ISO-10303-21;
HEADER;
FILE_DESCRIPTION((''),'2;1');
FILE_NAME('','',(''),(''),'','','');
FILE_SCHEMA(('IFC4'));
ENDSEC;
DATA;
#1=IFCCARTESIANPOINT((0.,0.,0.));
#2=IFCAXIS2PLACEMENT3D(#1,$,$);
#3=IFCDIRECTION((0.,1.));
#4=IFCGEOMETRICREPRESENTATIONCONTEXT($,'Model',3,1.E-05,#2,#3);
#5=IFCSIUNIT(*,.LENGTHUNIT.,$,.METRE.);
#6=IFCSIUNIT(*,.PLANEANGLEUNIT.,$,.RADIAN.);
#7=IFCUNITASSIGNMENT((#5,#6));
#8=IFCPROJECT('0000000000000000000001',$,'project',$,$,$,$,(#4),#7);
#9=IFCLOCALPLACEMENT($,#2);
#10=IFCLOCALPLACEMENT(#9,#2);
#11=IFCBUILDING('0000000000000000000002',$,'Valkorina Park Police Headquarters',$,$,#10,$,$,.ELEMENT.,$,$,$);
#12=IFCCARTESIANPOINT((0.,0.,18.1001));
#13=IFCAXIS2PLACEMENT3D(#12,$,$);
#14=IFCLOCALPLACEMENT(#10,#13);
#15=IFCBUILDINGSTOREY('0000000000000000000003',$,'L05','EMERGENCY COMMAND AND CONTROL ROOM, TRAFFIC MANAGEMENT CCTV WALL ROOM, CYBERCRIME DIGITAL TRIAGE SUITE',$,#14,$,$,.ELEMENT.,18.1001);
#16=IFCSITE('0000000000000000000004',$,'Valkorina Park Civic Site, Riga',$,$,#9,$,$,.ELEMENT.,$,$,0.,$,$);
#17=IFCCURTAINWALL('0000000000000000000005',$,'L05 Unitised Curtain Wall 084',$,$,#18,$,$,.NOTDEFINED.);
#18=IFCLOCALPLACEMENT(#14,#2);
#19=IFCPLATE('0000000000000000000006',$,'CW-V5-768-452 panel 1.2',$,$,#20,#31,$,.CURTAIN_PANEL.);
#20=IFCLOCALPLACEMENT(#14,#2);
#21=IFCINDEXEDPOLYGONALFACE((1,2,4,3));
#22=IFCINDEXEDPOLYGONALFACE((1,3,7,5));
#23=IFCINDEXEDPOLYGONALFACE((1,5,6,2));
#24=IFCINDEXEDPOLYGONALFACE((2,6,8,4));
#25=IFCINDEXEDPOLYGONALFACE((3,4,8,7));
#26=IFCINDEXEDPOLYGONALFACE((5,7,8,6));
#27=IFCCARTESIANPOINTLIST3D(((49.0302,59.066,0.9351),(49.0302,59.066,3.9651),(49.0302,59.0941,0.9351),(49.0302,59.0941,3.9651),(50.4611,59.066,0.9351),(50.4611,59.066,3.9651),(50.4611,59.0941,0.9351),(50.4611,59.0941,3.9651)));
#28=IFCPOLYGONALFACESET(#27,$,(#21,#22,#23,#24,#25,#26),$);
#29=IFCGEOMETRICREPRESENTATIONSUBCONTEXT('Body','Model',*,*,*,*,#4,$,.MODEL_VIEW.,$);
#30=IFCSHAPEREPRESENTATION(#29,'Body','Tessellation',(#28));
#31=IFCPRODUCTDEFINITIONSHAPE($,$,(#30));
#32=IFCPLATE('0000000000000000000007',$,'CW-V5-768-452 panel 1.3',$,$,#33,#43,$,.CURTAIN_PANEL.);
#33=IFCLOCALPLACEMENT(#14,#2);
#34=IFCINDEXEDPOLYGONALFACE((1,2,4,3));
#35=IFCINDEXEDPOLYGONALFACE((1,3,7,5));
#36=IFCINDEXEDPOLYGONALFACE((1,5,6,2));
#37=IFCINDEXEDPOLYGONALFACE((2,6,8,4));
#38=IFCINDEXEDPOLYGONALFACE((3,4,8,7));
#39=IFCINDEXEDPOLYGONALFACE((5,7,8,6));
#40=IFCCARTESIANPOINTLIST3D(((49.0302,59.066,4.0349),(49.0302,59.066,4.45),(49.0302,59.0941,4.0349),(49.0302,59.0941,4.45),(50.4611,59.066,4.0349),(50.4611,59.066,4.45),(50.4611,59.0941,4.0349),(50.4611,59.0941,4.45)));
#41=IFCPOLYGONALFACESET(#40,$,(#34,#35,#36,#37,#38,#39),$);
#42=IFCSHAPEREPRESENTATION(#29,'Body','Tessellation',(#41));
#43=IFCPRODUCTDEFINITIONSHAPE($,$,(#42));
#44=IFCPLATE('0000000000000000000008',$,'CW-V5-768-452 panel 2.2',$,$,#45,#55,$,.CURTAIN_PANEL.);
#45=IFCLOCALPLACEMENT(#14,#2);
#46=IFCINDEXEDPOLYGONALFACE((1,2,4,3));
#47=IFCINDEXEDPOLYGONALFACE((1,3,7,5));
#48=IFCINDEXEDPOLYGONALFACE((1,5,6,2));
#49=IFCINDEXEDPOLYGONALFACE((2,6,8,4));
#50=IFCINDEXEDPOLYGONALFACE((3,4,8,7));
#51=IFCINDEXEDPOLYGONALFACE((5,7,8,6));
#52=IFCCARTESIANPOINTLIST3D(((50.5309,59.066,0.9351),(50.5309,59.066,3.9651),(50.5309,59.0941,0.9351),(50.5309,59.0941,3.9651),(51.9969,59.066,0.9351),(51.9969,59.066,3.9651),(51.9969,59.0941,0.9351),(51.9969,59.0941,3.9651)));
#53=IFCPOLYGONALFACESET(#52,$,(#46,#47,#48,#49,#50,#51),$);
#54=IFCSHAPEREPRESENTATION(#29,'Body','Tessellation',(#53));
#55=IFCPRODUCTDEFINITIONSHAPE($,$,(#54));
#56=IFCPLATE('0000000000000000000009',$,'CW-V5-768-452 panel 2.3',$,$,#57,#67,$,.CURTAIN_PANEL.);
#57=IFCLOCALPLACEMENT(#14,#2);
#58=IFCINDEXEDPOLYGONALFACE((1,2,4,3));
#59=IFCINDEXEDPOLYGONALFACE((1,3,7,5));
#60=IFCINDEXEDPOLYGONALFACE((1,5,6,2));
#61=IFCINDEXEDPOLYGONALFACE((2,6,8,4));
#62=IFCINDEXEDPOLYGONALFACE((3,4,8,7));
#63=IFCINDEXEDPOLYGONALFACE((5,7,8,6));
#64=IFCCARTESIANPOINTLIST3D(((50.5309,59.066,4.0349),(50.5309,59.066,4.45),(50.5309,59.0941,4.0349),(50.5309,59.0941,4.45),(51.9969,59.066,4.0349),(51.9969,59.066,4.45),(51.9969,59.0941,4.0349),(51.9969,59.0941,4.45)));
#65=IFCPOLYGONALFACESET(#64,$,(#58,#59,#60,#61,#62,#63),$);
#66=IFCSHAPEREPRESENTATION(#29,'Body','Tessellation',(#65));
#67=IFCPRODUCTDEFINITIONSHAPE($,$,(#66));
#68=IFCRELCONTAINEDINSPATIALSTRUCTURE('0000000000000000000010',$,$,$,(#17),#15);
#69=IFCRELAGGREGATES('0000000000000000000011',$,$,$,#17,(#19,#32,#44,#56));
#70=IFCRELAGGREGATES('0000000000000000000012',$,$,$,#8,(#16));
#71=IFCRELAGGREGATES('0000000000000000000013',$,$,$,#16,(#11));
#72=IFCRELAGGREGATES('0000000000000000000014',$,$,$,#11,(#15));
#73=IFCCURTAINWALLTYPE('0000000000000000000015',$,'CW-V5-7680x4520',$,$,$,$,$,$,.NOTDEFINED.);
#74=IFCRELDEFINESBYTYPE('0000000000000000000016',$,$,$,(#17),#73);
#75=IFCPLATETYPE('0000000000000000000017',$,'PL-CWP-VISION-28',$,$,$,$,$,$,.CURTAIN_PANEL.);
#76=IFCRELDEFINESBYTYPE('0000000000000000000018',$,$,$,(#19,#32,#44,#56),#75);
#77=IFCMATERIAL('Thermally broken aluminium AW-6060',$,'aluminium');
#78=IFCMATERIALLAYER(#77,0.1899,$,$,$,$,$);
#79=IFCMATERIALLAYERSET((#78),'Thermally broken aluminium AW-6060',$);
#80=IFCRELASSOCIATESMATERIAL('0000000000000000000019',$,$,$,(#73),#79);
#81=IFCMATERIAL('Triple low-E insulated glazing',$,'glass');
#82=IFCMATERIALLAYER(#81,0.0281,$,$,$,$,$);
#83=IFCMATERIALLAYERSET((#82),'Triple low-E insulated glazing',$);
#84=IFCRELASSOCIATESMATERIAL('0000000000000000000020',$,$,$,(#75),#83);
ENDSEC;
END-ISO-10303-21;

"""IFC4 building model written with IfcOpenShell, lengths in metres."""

from ifc_helpers import new_model, si_unit, direction, frame, origin, origin_2d, place, context, subcontext, project, spatial, rectangle, extrude, material, layer, layer_set, type_object, element, aggregate, save


model = new_model("IFC4")

# Units and contexts
model_context = context("Model", 3, precision=1e-05, world=origin(), true_north=direction((0.0, 1.0)))
body_context = subcontext(model_context, "Body", "Model", "MODEL_VIEW")
ifc_project = project(units=[si_unit("LENGTHUNIT", "METRE"), si_unit("PLANEANGLEUNIT", "RADIAN")], contexts=[model_context])

# Site, building, storey
site_placement = place(None, origin())
site = spatial("IfcSite", under=ifc_project, at=site_placement, Name="Valkorina Park Civic Site, Riga", CompositionType="ELEMENT", RefElevation=0.0)
building_placement = place(site_placement, origin())
building = spatial("IfcBuilding", under=site, at=building_placement, Name="Valkorina Park Police Headquarters", CompositionType="ELEMENT")
storey_placement = place(building_placement, frame((0.0, 0.0, 18.1001)))
storey = spatial("IfcBuildingStorey", under=building, at=storey_placement, Name="L05", Description="EMERGENCY COMMAND AND CONTROL ROOM, TRAFFIC MANAGEMENT CCTV WALL ROOM, CYBERCRIME DIGITAL TRIAGE SUITE", CompositionType="ELEMENT", Elevation=18.1001)

# Curtain wall, plates
ifc_material_1 = material(Name="Thermally broken aluminium AW-6060", Category="aluminium")
ifc_layer_1 = layer(ifc_material_1, 0.1899)
ifc_layer_set_1 = layer_set([ifc_layer_1], Name="Thermally broken aluminium AW-6060")
curtain_wall_type = type_object("IfcCurtainWallType", Name="CW-V5-7680x4520", PredefinedType="NOTDEFINED", material=ifc_layer_set_1)
curtain_wall_placement = place(storey_placement, origin())
curtain_wall = element("IfcCurtainWall", 1, at=curtain_wall_placement, inside=storey, type_object=curtain_wall_type, Name="L05 Unitised Curtain Wall 084", PredefinedType="NOTDEFINED")
ifc_material_2 = material(Name="Triple low-E insulated glazing", Category="glass")
ifc_layer_2 = layer(ifc_material_2, 0.0281)
ifc_layer_set_2 = layer_set([ifc_layer_2], Name="Triple low-E insulated glazing")
plate_type_1 = type_object("IfcPlateType", Name="PL-CWP-VISION-28", PredefinedType="CURTAIN_PANEL", material=ifc_layer_set_2)
plate_1_placement = place(storey_placement, frame((49.7456, 59.0801, 0.9351), z_axis=(0.0, 0.0, 1.0), x_axis=(1.0, 0.0, 0.0)))
plate_1 = element("IfcPlate", 2, at=plate_1_placement, type_object=plate_type_1, Name="CW-V5-768-452 panel 1.2", PredefinedType="CURTAIN_PANEL", context=body_context, shape_type="SweptSolid", body=[
    extrude(rectangle(XDim=1.4309, YDim=0.0281, at=origin_2d()), origin(), (0.0, 0.0, 1.0), 3.03),
])
plate_2_placement = place(storey_placement, frame((49.7456, 59.0801, 4.0349), z_axis=(0.0, 0.0, 1.0), x_axis=(1.0, 0.0, 0.0)))
plate_2 = element("IfcPlate", 3, at=plate_2_placement, type_object=plate_type_1, Name="CW-V5-768-452 panel 1.3", PredefinedType="CURTAIN_PANEL", context=body_context, shape_type="SweptSolid", body=[
    extrude(rectangle(XDim=1.4309, YDim=0.0281, at=origin_2d()), origin(), (0.0, 0.0, 1.0), 0.415),
])
plate_3_placement = place(storey_placement, frame((51.2639, 59.0801, 0.9351), z_axis=(0.0, 0.0, 1.0), x_axis=(1.0, 0.0, 0.0)))
plate_3 = element("IfcPlate", 4, at=plate_3_placement, type_object=plate_type_1, Name="CW-V5-768-452 panel 2.2", PredefinedType="CURTAIN_PANEL", context=body_context, shape_type="SweptSolid", body=[
    extrude(rectangle(XDim=1.4661, YDim=0.0281, at=origin_2d()), origin(), (0.0, 0.0, 1.0), 3.03),
])
plate_4_placement = place(storey_placement, frame((51.2639, 59.0801, 4.0349), z_axis=(0.0, 0.0, 1.0), x_axis=(1.0, 0.0, 0.0)))
plate_4 = element("IfcPlate", 5, at=plate_4_placement, type_object=plate_type_1, Name="CW-V5-768-452 panel 2.3", PredefinedType="CURTAIN_PANEL", context=body_context, shape_type="SweptSolid", body=[
    extrude(rectangle(XDim=1.4661, YDim=0.0281, at=origin_2d()), origin(), (0.0, 0.0, 1.0), 0.415),
])
aggregate(curtain_wall, [plate_1, plate_2, plate_3, plate_4])

save(model, "model.ifc")
